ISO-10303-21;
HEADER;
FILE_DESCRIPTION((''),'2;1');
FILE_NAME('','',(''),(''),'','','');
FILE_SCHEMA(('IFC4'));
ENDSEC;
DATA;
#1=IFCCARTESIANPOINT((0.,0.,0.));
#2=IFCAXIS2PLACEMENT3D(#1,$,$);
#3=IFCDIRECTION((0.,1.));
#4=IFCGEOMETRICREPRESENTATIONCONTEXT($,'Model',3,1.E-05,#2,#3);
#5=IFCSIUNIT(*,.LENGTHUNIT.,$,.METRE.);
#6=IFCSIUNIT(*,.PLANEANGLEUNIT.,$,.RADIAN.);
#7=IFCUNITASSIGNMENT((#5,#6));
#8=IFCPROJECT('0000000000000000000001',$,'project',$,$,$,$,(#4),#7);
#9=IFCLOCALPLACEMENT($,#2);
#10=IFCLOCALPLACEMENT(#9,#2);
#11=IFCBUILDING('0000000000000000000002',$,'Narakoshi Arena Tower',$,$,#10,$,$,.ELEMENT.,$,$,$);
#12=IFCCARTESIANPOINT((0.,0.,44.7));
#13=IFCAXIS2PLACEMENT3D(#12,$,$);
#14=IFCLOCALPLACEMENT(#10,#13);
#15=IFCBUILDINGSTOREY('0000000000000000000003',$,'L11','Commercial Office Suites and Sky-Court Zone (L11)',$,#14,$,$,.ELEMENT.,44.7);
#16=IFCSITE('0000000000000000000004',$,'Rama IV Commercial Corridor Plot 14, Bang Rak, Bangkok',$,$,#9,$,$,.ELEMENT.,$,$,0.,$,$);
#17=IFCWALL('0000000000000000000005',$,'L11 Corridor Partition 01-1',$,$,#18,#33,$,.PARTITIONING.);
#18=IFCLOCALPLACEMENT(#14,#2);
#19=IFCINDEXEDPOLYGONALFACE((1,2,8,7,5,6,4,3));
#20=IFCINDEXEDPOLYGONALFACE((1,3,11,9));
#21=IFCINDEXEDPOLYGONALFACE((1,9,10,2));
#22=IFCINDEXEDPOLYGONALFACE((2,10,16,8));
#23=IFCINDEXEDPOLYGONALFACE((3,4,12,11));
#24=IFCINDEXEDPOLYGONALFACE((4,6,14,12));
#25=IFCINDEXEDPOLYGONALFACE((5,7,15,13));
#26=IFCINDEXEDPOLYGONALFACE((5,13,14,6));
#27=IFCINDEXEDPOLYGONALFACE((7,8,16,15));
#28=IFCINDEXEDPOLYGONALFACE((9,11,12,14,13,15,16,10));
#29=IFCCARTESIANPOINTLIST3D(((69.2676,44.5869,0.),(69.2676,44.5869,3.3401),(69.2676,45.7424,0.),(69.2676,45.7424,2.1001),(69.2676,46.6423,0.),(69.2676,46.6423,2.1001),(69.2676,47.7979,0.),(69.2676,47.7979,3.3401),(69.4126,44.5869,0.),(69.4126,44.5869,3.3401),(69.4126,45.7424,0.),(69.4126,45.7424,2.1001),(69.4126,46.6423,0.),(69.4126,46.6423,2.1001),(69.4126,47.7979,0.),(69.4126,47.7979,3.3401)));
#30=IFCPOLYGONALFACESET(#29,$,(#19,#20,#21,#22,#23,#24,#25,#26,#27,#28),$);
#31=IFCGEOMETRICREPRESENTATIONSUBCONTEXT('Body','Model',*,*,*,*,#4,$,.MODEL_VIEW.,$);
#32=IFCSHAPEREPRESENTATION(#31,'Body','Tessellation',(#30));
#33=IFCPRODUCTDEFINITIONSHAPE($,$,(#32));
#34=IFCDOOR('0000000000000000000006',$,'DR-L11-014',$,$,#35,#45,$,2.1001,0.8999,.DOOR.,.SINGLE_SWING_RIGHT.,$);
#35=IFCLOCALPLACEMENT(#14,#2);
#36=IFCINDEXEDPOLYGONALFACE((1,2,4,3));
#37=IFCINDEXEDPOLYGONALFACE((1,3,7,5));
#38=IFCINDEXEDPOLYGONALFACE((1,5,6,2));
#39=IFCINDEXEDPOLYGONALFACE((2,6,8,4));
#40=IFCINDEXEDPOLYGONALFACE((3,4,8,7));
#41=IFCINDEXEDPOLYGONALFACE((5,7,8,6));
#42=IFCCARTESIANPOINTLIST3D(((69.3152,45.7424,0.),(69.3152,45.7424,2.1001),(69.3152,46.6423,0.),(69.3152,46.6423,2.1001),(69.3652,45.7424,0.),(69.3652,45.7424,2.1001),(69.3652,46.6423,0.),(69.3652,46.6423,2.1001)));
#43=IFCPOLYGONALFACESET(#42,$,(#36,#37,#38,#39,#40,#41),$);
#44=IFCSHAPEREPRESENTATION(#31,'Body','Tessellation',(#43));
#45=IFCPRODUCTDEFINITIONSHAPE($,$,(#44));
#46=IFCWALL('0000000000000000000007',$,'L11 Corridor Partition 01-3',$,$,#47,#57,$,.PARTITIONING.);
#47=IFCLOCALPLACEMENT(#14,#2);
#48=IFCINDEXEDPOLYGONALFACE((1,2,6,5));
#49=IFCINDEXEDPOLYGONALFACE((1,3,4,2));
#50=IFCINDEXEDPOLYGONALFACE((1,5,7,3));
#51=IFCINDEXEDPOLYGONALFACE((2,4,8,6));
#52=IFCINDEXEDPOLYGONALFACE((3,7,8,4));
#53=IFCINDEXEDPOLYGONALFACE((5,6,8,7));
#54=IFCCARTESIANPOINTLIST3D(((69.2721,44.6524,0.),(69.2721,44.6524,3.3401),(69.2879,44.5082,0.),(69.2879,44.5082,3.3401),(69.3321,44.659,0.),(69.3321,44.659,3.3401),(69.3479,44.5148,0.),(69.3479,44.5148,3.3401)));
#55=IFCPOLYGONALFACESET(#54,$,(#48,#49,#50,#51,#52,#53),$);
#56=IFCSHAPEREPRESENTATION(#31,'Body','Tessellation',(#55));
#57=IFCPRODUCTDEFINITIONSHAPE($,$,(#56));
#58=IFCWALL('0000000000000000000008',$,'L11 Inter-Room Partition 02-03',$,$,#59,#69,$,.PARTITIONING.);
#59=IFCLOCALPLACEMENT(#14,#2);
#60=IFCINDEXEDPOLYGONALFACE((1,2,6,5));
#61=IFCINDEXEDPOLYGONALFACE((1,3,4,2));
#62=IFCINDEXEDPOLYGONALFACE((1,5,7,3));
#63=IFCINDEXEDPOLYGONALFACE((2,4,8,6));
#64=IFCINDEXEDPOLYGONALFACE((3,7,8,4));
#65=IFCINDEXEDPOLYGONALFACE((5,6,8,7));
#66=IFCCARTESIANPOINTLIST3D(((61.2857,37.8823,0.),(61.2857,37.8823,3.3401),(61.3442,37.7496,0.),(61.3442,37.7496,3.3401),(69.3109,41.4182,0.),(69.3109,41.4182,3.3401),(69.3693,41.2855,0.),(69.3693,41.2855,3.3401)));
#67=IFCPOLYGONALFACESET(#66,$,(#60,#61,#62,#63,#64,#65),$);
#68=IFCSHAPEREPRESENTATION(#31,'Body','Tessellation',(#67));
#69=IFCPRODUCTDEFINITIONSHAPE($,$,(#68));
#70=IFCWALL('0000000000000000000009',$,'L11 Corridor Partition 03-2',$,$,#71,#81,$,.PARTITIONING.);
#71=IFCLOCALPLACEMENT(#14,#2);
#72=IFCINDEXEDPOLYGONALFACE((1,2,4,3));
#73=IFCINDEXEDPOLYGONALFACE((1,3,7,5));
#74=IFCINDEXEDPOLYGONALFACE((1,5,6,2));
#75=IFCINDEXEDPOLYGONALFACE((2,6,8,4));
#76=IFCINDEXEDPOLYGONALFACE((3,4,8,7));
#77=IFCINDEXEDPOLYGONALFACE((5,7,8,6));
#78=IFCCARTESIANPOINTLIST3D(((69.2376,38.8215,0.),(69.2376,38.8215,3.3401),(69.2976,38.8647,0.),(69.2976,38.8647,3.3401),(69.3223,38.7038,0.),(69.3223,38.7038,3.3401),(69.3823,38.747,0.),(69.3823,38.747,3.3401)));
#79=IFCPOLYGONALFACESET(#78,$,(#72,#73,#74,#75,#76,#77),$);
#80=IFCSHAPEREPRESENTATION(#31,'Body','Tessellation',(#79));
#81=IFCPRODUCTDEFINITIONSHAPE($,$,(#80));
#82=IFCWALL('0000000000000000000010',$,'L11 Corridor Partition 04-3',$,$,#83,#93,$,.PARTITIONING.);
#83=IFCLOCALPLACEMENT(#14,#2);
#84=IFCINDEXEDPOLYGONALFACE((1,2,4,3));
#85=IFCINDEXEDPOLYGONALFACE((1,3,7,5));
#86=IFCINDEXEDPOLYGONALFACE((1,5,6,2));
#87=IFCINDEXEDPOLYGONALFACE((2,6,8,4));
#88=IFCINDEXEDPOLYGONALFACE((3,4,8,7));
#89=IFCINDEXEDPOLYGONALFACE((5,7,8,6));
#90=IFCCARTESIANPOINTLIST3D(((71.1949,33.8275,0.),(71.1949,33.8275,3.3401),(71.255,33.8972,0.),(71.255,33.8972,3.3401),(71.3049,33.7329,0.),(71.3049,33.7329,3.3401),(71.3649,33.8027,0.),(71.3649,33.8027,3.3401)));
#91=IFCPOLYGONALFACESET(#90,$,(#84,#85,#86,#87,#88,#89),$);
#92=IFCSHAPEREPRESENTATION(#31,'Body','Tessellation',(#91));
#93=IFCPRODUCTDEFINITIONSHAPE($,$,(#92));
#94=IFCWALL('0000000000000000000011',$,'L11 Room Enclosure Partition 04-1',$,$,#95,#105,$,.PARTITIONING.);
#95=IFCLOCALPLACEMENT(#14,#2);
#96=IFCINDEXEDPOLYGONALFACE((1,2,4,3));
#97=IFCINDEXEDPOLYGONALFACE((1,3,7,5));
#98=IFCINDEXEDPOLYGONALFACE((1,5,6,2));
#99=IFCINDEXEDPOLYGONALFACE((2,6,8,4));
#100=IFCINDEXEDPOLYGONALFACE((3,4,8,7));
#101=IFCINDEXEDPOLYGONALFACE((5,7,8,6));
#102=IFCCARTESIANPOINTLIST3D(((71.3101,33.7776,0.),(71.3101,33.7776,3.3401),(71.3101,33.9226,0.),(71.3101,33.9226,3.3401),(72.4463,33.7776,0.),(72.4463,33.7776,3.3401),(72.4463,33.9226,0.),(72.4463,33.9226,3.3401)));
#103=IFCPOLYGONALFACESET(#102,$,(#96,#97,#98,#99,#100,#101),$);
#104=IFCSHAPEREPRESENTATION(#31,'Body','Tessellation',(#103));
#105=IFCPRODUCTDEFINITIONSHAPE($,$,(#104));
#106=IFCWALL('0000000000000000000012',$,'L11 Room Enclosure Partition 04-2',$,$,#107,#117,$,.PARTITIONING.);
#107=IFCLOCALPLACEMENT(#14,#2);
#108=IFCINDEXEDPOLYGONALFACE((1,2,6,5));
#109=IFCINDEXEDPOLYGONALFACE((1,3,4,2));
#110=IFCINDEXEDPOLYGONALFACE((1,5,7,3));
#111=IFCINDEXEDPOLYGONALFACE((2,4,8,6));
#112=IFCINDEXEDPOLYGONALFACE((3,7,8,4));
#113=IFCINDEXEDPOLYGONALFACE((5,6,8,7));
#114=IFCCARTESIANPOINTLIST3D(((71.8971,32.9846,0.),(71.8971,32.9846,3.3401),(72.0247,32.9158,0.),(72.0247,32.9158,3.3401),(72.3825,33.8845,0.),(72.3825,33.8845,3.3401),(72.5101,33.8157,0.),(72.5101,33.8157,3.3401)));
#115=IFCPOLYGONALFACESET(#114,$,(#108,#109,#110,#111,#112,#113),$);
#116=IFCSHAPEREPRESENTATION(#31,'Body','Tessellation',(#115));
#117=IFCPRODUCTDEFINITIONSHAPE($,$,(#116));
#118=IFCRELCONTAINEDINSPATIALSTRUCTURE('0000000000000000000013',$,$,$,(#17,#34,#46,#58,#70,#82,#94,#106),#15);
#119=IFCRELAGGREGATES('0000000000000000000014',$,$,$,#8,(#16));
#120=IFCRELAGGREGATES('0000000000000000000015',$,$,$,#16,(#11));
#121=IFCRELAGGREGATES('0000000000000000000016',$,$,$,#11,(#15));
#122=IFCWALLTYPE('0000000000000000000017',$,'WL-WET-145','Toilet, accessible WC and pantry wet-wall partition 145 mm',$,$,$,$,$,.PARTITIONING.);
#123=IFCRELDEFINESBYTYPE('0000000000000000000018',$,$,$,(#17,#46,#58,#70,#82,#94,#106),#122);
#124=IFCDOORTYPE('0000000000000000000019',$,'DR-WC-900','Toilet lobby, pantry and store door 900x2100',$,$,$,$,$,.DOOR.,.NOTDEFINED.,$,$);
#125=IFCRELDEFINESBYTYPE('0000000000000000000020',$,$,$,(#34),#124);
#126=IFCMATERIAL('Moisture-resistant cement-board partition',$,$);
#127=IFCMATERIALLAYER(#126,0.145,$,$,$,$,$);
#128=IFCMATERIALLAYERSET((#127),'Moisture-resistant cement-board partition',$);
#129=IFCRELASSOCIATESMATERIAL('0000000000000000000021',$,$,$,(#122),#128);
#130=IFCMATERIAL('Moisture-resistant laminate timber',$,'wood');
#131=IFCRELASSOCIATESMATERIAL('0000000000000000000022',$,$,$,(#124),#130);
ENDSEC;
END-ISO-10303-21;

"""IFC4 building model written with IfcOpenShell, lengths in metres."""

from ifc_helpers import new_model, si_unit, direction, frame, frame_2d, origin, place, context, subcontext, project, spatial, rectangle, extrude, material, layer, layer_set, type_object, element, fill, save


model = new_model("IFC4")

# Units and contexts
model_context = context("Model", 3, precision=1e-05, world=origin(), true_north=direction((0.0, 1.0)))
body_context = subcontext(model_context, "Body", "Model", "MODEL_VIEW")
ifc_project = project(units=[si_unit("LENGTHUNIT", "METRE"), si_unit("PLANEANGLEUNIT", "RADIAN")], contexts=[model_context])

# Site, building, storey
site_placement = place(None, origin())
site = spatial("IfcSite", under=ifc_project, at=site_placement, Name="Rama IV Commercial Corridor Plot 14, Bang Rak, Bangkok", CompositionType="ELEMENT", RefElevation=0.0)
building_placement = place(site_placement, origin())
building = spatial("IfcBuilding", under=site, at=building_placement, Name="Narakoshi Arena Tower", CompositionType="ELEMENT")
storey_placement = place(building_placement, frame((0.0, 0.0, 44.7)))
storey = spatial("IfcBuildingStorey", under=building, at=storey_placement, Name="L11", Description="Commercial Office Suites and Sky-Court Zone (L11)", CompositionType="ELEMENT", Elevation=44.7)

# Wall, opening, door
ifc_material_1 = material(Name="Moisture-resistant cement-board partition")
ifc_layer_1 = layer(ifc_material_1, 0.145)
ifc_layer_set_1 = layer_set([ifc_layer_1], Name="Moisture-resistant cement-board partition")
wall_type_1 = type_object("IfcWallType", Name="WL-WET-145", Description="Toilet, accessible WC and pantry wet-wall partition 145 mm", PredefinedType="PARTITIONING", material=ifc_layer_set_1)
wall_1_placement = place(storey_placement, frame((69.3401, 47.7979, 0.0), z_axis=(0.0, 0.0, 1.0), x_axis=(0.0, -1.0, 0.0)))
wall_1 = element("IfcWall", 1, at=wall_1_placement, inside=storey, type_object=wall_type_1, Name="L11 Corridor Partition 01-1", PredefinedType="PARTITIONING", context=body_context, shape_type="SweptSolid", body=[
    extrude(rectangle(XDim=3.2109, YDim=0.145, at=frame_2d((1.6055, 0.0))), origin(), (0.0, 0.0, 1.0), 3.3401),
])
opening_1_placement = place(wall_1_placement, frame((1.1555, 0.0, 0.0)))
opening_1 = element("IfcOpeningElement", 2, at=opening_1_placement, cuts=wall_1, PredefinedType="OPENING", context=body_context, shape_type="SweptSolid", body=[
    extrude(rectangle(XDim=0.8999, YDim=2.1001, at=frame_2d((0.45, 1.05))), frame((0.0, 0.0825, 0.0), z_axis=(0.0, -1.0, 0.0), x_axis=(1.0, 0.0, 0.0)), (0.0, 0.0, 1.0), 0.165),
])
ifc_material_2 = material(Name="Moisture-resistant laminate timber", Category="wood")
door_type_1 = type_object("IfcDoorType", Name="DR-WC-900", Description="Toilet lobby, pantry and store door 900x2100", OperationType="NOTDEFINED", PredefinedType="DOOR", material=ifc_material_2)
door_1_placement = place(opening_1_placement, frame((0.8999, 0.0, 0.0), z_axis=(0.0, 0.0, 1.0), x_axis=(-1.0, 0.0, 0.0)))
door_1 = element("IfcDoor", 3, at=door_1_placement, inside=storey, type_object=door_type_1, Name="DR-L11-014", OperationType="SINGLE_SWING_RIGHT", OverallHeight=2.1001, OverallWidth=0.8999, PredefinedType="DOOR", context=body_context, shape_type="SweptSolid", body=[
    extrude(rectangle(XDim=0.8999, YDim=2.1001, at=frame_2d((0.45, 1.05))), frame((0.0, 0.0249, 0.0), z_axis=(0.0, -1.0, 0.0), x_axis=(1.0, 0.0, 0.0)), (0.0, 0.0, 1.0), 0.05),
])
fill(opening_1, door_1)

# Walls
wall_2_placement = place(storey_placement, frame((69.3401, 44.5869, 0.0), z_axis=(0.0, 0.0, 1.0), x_axis=(-0.994031, -0.109101, 0.0)))
element("IfcWall", 4, at=wall_2_placement, inside=storey, type_object=wall_type_1, Name="L11 Corridor Partition 01-3", PredefinedType="PARTITIONING", context=body_context, shape_type="SweptSolid", body=[
    extrude(rectangle(XDim=0.0603, YDim=0.145, at=frame_2d((0.0303, 0.0))), origin(), (0.0, 0.0, 1.0), 3.3401),
])
wall_3_placement = place(storey_placement, frame((69.3401, 41.3518, 0.0), z_axis=(0.0, 0.0, 1.0), x_axis=(-0.915112, -0.403199, 0.0)))
element("IfcWall", 5, at=wall_3_placement, inside=storey, type_object=wall_type_1, Name="L11 Inter-Room Partition 02-03", PredefinedType="PARTITIONING", context=body_context, shape_type="SweptSolid", body=[
    extrude(rectangle(XDim=8.7695, YDim=0.145, at=frame_2d((4.3848, 0.0))), origin(), (0.0, 0.0, 1.0), 3.3401),
])

# Walls
wall_4_placement = place(storey_placement, frame((69.3401, 38.8059, 0.0), z_axis=(0.0, 0.0, 1.0), x_axis=(-0.811722, -0.584044, 0.0)))
element("IfcWall", 6, at=wall_4_placement, inside=storey, type_object=wall_type_1, Name="L11 Corridor Partition 03-2", PredefinedType="PARTITIONING", context=body_context, shape_type="SweptSolid", body=[
    extrude(rectangle(XDim=0.074, YDim=0.145, at=frame_2d((0.0371, 0.0))), origin(), (0.0, 0.0, 1.0), 3.3401),
])
wall_5_placement = place(storey_placement, frame((71.25, 33.7803, 0.0), z_axis=(0.0, 0.0, 1.0), x_axis=(0.6521, 0.758133, 0.0)))
element("IfcWall", 7, at=wall_5_placement, inside=storey, type_object=wall_type_1, Name="L11 Corridor Partition 04-3", PredefinedType="PARTITIONING", context=body_context, shape_type="SweptSolid", body=[
    extrude(rectangle(XDim=0.092, YDim=0.145, at=frame_2d((0.0459, 0.0))), origin(), (0.0, 0.0, 1.0), 3.3401),
])
wall_6_placement = place(storey_placement, frame((71.3101, 33.8501, 0.0), z_axis=(0.0, 0.0, 1.0), x_axis=(1.0, 0.0, 0.0)))
element("IfcWall", 8, at=wall_6_placement, inside=storey, type_object=wall_type_1, Name="L11 Room Enclosure Partition 04-1", PredefinedType="PARTITIONING", context=body_context, shape_type="SweptSolid", body=[
    extrude(rectangle(XDim=1.1362, YDim=0.145, at=frame_2d((0.5681, 0.0))), origin(), (0.0, 0.0, 1.0), 3.3401),
])
wall_7_placement = place(storey_placement, frame((72.4463, 33.8501, 0.0), z_axis=(0.0, 0.0, 1.0), x_axis=(-0.474698, -0.880149, 0.0)))
element("IfcWall", 9, at=wall_7_placement, inside=storey, type_object=wall_type_1, Name="L11 Room Enclosure Partition 04-2", PredefinedType="PARTITIONING", context=body_context, shape_type="SweptSolid", body=[
    extrude(rectangle(XDim=1.0225, YDim=0.145, at=frame_2d((0.5112, 0.0))), origin(), (0.0, 0.0, 1.0), 3.3401),
])

save(model, "model.ifc")
